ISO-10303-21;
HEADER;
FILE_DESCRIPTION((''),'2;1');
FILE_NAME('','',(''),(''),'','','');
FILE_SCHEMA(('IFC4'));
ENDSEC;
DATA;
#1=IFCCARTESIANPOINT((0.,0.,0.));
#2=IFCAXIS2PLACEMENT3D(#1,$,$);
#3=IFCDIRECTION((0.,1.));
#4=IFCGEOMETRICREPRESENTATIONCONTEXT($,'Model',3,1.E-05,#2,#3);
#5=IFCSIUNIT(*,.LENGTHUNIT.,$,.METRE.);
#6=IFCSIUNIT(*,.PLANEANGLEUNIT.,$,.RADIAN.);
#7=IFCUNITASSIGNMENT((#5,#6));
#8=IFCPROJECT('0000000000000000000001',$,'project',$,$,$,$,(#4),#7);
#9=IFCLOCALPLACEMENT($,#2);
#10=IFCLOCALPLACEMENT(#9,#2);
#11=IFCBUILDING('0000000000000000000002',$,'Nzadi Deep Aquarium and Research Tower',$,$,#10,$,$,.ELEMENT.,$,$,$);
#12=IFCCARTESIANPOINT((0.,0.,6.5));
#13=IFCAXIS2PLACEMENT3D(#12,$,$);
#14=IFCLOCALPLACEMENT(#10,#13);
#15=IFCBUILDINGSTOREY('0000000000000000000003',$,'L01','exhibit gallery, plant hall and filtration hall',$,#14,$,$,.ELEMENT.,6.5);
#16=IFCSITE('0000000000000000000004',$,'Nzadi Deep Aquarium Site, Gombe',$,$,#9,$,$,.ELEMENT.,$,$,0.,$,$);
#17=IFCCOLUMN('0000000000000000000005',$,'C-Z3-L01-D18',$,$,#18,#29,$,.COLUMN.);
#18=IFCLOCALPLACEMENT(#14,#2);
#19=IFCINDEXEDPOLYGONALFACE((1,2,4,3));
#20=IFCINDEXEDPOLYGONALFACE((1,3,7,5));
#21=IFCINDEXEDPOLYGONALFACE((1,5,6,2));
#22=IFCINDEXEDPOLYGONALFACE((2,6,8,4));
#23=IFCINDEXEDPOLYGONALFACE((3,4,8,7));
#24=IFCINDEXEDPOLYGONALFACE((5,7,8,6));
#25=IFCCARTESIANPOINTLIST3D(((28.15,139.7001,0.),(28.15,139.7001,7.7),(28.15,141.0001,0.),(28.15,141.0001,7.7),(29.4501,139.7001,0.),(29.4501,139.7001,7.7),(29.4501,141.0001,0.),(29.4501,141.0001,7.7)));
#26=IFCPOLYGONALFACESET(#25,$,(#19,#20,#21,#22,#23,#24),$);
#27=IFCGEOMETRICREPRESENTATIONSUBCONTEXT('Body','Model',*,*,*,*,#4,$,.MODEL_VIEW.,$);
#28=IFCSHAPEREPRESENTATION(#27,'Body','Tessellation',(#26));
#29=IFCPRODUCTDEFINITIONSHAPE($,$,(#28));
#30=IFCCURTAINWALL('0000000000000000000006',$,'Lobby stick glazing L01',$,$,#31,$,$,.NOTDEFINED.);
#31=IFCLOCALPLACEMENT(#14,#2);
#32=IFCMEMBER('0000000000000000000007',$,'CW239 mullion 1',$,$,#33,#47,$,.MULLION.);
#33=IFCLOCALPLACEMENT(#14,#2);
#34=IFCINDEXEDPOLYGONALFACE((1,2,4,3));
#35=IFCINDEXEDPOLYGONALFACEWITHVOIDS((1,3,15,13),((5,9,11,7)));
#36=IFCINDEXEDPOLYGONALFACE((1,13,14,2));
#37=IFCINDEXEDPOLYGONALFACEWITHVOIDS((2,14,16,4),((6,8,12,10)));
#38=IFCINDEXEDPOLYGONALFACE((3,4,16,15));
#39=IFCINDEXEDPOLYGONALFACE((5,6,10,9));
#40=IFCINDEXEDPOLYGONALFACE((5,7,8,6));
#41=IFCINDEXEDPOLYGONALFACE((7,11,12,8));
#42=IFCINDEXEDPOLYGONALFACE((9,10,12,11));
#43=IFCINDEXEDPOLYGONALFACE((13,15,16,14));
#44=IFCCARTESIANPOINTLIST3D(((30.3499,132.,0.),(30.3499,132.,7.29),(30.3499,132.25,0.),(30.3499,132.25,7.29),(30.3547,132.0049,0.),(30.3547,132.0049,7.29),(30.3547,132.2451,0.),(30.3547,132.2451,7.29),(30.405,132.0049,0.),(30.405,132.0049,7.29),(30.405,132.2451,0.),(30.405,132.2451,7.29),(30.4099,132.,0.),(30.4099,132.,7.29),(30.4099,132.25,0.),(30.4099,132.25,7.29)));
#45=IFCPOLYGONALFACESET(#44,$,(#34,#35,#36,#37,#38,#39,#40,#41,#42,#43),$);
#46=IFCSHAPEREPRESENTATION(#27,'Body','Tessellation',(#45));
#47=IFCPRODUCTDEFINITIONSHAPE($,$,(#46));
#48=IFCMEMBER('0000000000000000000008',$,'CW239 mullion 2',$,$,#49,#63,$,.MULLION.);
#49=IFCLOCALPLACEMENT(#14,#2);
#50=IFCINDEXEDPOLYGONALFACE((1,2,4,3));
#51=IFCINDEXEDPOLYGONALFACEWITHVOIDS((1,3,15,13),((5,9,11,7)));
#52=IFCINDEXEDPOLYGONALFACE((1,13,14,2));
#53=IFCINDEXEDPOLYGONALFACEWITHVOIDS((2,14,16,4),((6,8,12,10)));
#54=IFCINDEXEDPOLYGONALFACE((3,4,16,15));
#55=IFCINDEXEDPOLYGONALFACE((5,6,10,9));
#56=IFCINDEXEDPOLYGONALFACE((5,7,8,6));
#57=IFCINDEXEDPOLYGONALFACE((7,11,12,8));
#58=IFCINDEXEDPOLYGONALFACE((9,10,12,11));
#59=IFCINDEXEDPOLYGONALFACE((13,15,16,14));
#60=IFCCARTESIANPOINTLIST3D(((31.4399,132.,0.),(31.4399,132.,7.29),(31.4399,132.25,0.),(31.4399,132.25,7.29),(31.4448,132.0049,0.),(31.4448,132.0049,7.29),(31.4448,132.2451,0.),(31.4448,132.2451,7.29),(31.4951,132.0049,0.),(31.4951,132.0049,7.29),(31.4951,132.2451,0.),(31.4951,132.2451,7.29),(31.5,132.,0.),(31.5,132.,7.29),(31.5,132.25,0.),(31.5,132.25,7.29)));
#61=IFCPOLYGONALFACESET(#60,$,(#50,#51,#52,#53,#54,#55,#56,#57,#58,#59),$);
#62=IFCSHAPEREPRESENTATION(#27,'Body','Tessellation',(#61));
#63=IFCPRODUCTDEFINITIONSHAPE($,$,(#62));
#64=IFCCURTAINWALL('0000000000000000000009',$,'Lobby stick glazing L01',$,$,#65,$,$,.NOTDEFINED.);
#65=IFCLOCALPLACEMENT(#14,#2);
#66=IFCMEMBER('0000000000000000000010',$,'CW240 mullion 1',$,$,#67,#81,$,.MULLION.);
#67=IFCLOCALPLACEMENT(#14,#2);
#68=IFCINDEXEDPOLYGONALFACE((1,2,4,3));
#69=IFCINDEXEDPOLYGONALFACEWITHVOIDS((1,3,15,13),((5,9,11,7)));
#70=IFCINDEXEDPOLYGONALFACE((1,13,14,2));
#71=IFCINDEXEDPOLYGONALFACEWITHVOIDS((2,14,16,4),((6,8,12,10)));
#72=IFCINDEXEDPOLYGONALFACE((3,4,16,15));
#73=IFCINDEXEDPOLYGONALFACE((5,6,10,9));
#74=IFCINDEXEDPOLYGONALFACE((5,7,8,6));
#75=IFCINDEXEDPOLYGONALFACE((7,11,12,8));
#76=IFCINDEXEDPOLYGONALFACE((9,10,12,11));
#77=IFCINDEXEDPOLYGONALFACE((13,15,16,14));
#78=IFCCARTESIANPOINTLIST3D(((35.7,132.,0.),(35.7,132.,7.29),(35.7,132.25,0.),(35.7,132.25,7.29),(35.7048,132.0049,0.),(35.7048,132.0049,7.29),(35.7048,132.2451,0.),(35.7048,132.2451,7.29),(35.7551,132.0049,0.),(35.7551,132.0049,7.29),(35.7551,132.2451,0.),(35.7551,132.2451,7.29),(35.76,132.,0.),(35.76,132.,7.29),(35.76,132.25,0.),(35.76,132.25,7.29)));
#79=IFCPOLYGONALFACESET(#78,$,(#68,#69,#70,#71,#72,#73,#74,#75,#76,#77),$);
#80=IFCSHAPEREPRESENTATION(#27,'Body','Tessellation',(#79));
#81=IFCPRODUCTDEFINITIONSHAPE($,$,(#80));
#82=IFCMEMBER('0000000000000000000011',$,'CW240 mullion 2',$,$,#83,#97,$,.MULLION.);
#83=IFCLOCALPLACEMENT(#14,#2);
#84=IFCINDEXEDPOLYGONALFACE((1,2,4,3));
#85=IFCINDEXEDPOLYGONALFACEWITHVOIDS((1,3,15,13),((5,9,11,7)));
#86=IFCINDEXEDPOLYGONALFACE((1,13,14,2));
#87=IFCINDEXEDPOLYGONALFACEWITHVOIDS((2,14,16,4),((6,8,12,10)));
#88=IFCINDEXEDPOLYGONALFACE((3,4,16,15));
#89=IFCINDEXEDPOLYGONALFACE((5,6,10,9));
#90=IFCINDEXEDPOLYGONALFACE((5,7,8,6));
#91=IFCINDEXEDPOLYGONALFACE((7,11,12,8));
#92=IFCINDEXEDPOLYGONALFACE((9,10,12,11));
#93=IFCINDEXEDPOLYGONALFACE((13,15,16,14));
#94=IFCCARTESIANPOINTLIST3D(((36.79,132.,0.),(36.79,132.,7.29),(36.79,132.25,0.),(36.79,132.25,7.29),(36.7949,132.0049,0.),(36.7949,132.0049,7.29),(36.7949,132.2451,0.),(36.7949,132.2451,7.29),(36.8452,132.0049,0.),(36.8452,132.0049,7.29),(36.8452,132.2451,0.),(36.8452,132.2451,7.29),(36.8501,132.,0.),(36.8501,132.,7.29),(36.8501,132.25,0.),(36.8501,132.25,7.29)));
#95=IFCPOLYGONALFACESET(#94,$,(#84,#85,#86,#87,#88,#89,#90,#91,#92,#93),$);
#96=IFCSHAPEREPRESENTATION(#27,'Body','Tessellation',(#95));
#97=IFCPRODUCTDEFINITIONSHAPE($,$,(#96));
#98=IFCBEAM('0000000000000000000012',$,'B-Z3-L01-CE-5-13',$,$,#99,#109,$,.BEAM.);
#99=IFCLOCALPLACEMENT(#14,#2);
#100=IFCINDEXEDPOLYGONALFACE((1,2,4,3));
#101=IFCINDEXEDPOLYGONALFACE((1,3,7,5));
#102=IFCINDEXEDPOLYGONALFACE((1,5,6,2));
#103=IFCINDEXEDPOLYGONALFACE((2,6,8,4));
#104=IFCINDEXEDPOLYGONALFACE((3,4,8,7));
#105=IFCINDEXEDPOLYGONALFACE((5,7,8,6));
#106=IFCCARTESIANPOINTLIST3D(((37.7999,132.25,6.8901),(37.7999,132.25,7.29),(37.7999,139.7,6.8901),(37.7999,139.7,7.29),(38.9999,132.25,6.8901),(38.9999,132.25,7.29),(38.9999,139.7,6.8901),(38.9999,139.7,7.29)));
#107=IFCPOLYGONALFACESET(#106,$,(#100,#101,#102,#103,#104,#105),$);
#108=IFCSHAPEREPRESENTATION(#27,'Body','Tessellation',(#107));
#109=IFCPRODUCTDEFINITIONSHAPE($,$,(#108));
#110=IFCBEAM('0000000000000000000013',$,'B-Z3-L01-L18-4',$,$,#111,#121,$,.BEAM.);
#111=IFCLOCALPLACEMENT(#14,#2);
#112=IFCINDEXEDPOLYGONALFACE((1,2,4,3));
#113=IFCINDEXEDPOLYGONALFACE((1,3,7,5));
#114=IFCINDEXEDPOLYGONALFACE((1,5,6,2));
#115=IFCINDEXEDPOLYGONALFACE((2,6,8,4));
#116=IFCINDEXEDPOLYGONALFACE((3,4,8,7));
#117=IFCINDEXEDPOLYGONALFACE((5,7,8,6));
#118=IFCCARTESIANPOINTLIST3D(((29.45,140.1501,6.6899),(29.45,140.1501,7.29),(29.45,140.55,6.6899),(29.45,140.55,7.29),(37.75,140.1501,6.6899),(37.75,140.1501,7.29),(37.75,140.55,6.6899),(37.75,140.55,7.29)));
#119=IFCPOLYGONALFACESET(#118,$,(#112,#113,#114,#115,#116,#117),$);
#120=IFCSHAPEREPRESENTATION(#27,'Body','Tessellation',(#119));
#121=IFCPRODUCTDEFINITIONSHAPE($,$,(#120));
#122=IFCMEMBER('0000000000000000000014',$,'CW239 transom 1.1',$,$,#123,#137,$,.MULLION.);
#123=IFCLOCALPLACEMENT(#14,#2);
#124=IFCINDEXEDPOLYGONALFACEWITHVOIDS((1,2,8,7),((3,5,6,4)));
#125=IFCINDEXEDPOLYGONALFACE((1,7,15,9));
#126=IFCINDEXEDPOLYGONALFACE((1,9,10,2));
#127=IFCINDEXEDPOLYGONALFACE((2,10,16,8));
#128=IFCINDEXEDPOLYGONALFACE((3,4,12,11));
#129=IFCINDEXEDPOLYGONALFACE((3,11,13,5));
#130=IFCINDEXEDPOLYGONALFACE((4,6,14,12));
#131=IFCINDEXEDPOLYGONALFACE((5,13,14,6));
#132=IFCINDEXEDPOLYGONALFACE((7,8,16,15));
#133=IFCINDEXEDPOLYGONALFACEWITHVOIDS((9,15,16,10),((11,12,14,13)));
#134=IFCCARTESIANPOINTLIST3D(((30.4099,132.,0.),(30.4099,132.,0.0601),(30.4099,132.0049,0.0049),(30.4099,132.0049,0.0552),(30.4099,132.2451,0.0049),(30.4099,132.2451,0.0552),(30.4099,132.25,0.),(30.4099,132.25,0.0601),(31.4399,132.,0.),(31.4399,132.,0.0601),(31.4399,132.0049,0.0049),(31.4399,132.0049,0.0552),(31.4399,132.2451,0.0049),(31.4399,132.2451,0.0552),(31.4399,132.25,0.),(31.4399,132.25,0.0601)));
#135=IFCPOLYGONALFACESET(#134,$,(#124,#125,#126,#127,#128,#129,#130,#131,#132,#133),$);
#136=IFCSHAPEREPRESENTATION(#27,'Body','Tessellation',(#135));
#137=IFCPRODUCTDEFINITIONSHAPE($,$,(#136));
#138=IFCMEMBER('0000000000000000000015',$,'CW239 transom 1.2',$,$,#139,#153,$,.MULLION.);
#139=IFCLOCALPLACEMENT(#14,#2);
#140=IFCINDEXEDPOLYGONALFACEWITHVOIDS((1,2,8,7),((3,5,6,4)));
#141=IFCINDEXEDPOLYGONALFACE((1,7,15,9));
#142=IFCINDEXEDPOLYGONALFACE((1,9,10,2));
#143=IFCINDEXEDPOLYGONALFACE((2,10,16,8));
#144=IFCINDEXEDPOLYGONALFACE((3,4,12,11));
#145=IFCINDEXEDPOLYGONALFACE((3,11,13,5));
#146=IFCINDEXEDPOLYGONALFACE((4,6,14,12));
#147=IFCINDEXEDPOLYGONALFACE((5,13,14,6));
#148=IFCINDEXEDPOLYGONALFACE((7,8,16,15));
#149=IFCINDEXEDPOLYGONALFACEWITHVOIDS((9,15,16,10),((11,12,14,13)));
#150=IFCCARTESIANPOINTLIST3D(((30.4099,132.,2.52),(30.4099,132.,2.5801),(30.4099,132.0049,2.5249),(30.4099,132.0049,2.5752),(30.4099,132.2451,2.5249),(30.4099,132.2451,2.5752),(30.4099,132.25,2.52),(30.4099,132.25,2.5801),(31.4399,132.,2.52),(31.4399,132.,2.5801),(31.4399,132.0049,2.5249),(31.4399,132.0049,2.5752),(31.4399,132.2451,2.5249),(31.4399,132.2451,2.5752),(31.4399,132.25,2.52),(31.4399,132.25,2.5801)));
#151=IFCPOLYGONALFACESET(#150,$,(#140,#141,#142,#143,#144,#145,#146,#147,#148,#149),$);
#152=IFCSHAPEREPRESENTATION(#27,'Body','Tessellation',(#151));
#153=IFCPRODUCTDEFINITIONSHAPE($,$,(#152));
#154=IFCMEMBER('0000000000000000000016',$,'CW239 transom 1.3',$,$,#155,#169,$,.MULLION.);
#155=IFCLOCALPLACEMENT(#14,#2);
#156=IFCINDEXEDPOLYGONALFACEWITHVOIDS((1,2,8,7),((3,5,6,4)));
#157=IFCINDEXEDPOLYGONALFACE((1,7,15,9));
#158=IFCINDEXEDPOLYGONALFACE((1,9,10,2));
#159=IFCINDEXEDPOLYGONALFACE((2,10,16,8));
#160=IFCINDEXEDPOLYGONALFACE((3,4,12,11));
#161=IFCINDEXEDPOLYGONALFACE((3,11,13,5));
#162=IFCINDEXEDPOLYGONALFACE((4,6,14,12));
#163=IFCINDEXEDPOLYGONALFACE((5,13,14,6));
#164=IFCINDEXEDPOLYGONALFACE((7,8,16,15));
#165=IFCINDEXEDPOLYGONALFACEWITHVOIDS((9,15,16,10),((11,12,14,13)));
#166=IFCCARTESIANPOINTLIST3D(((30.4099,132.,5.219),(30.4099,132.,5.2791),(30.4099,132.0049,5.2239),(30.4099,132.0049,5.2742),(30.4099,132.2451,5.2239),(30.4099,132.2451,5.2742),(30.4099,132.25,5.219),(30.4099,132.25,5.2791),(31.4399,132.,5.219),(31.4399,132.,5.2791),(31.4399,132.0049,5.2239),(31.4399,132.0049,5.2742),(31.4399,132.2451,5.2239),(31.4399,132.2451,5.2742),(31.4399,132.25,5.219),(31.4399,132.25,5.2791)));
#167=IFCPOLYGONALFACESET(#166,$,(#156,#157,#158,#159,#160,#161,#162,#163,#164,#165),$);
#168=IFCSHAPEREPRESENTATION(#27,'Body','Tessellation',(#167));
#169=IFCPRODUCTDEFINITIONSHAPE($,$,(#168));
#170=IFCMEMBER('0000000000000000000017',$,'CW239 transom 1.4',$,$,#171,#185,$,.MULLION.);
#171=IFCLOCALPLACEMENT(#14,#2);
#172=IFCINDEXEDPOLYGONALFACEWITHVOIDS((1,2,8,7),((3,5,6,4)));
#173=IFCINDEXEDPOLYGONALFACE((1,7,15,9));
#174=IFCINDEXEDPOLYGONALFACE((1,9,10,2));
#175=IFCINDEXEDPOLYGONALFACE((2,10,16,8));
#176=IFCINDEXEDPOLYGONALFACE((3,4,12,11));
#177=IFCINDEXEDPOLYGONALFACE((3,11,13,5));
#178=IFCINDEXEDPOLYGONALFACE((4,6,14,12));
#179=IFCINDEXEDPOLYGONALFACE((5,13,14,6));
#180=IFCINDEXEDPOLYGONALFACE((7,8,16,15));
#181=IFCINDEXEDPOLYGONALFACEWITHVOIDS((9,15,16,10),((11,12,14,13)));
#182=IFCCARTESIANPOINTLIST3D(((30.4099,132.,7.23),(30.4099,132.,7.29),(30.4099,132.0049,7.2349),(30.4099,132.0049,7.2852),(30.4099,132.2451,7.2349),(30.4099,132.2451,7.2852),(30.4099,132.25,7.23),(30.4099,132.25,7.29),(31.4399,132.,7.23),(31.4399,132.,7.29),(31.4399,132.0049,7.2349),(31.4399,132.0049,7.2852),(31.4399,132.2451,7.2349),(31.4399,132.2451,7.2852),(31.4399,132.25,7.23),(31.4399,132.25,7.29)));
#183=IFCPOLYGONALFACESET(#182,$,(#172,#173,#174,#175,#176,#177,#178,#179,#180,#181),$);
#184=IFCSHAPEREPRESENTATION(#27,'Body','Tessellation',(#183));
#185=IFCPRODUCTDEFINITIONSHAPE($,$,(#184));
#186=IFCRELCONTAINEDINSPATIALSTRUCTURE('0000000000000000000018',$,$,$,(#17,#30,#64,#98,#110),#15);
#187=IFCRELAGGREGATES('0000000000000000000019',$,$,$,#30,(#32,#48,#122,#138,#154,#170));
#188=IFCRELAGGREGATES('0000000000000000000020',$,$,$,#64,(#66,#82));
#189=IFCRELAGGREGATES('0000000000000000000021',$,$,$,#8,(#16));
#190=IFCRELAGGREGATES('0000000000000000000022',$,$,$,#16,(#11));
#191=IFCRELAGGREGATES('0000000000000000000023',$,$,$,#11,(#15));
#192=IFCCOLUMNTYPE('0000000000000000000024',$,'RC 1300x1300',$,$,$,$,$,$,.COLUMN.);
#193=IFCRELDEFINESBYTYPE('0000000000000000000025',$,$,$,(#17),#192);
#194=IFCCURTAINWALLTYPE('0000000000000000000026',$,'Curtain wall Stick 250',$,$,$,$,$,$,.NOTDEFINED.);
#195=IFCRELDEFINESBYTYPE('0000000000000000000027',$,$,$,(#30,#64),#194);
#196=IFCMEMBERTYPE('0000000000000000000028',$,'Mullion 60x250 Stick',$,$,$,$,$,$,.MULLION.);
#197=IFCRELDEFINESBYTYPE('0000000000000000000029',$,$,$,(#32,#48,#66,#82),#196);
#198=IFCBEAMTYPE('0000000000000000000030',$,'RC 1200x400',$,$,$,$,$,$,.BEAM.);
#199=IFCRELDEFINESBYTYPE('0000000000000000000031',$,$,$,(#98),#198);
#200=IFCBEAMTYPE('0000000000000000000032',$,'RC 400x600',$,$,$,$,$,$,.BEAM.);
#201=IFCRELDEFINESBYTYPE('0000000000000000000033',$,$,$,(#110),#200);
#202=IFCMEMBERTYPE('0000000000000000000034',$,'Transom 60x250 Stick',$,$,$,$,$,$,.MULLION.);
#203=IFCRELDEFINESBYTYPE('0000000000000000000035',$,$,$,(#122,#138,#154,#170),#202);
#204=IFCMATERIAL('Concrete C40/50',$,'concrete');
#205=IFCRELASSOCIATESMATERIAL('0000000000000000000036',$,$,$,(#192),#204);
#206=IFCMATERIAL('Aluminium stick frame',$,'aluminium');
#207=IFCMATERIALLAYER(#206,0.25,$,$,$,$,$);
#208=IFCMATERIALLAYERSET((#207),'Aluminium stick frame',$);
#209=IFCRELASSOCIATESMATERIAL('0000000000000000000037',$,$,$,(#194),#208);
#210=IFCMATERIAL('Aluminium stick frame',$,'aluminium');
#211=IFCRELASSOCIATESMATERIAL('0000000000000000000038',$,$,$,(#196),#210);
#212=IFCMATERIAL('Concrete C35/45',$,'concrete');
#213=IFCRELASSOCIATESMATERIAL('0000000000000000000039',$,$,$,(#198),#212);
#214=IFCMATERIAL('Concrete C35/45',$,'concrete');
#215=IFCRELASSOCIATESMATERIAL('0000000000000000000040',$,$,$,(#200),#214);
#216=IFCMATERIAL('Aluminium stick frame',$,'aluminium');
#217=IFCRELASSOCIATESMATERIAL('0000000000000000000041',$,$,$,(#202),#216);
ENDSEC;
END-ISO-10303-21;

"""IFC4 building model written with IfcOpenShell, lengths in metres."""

from ifc_helpers import new_model, si_unit, direction, frame, origin, origin_2d, place, context, subcontext, project, spatial, rectangle, hollow_rectangle, extrude, material, layer, layer_set, material_profile, profile_set, type_object, element, aggregate, save


model = new_model("IFC4")

# Units and contexts
model_context = context("Model", 3, precision=1e-05, world=origin(), true_north=direction((0.0, 1.0)))
body_context = subcontext(model_context, "Body", "Model", "MODEL_VIEW")
ifc_project = project(units=[si_unit("LENGTHUNIT", "METRE"), si_unit("PLANEANGLEUNIT", "RADIAN")], contexts=[model_context])

# Site, building, storey
site_placement = place(None, origin())
site = spatial("IfcSite", under=ifc_project, at=site_placement, Name="Nzadi Deep Aquarium Site, Gombe", CompositionType="ELEMENT", RefElevation=0.0)
building_placement = place(site_placement, origin())
building = spatial("IfcBuilding", under=site, at=building_placement, Name="Nzadi Deep Aquarium and Research Tower", CompositionType="ELEMENT")
storey_placement = place(building_placement, frame((0.0, 0.0, 6.5)))
storey = spatial("IfcBuildingStorey", under=building, at=storey_placement, Name="L01", Description="exhibit gallery, plant hall and filtration hall", CompositionType="ELEMENT", Elevation=6.5)

# Column
ifc_material_1 = material(Name="Concrete C40/50", Category="concrete")
ifc_material_profile_1 = material_profile(ifc_material_1, rectangle(XDim=1.3, YDim=1.3, at=origin_2d()))
ifc_profile_set_1 = profile_set([ifc_material_profile_1], Name="Concrete C40/50")
column_type = type_object("IfcColumnType", Name="RC 1300x1300", PredefinedType="COLUMN", material=ifc_profile_set_1)
column_placement = place(storey_placement, frame((28.8, 140.3501, 0.0), z_axis=(0.0, 0.0, 1.0), x_axis=(1.0, 0.0, 0.0)))
element("IfcColumn", 1, at=column_placement, inside=storey, type_object=column_type, Name="C-Z3-L01-D18", PredefinedType="COLUMN", context=body_context, shape_type="SweptSolid", body=[
    extrude(rectangle(XDim=1.3, YDim=1.3, at=origin_2d()), origin(), (0.0, 0.0, 1.0), 7.7),
])

# Curtain walls, members
ifc_material_2 = material(Name="Aluminium stick frame", Category="aluminium")
ifc_layer_1 = layer(ifc_material_2, 0.25)
ifc_layer_set_1 = layer_set([ifc_layer_1], Name="Aluminium stick frame")
curtain_wall_type = type_object("IfcCurtainWallType", Name="Curtain wall Stick 250", PredefinedType="NOTDEFINED", material=ifc_layer_set_1)
curtain_wall_1_placement = place(storey_placement, origin())
curtain_wall_1 = element("IfcCurtainWall", 2, at=curtain_wall_1_placement, inside=storey, type_object=curtain_wall_type, Name="Lobby stick glazing L01", PredefinedType="NOTDEFINED")
ifc_material_3 = material(Name="Aluminium stick frame", Category="aluminium")
ifc_material_profile_2 = material_profile(ifc_material_3, hollow_rectangle(XDim=0.25, YDim=0.0601, WallThickness=0.0049, at=origin_2d()))
ifc_profile_set_2 = profile_set([ifc_material_profile_2], Name="Aluminium stick frame")
member_type_1 = type_object("IfcMemberType", Name="Mullion 60x250 Stick", PredefinedType="MULLION", material=ifc_profile_set_2)
member_1_placement = place(storey_placement, frame((30.3799, 132.125, 0.0), z_axis=(0.0, 0.0, 1.0), x_axis=(0.0, 1.0, 0.0)))
member_1 = element("IfcMember", 3, at=member_1_placement, type_object=member_type_1, Name="CW239 mullion 1", PredefinedType="MULLION", context=body_context, shape_type="SweptSolid", body=[
    extrude(hollow_rectangle(XDim=0.25, YDim=0.0601, WallThickness=0.0049, at=origin_2d()), origin(), (0.0, 0.0, 1.0), 7.29),
])
member_2_placement = place(storey_placement, frame((31.47, 132.125, 0.0), z_axis=(0.0, 0.0, 1.0), x_axis=(0.0, 1.0, 0.0)))
member_2 = element("IfcMember", 4, at=member_2_placement, type_object=member_type_1, Name="CW239 mullion 2", PredefinedType="MULLION", context=body_context, shape_type="SweptSolid", body=[
    extrude(hollow_rectangle(XDim=0.25, YDim=0.0601, WallThickness=0.0049, at=origin_2d()), origin(), (0.0, 0.0, 1.0), 7.29),
])
curtain_wall_2_placement = place(storey_placement, origin())
curtain_wall_2 = element("IfcCurtainWall", 5, at=curtain_wall_2_placement, inside=storey, type_object=curtain_wall_type, Name="Lobby stick glazing L01", PredefinedType="NOTDEFINED")
member_3_placement = place(storey_placement, frame((35.73, 132.125, 0.0), z_axis=(0.0, 0.0, 1.0), x_axis=(0.0, 1.0, 0.0)))
member_3 = element("IfcMember", 6, at=member_3_placement, type_object=member_type_1, Name="CW240 mullion 1", PredefinedType="MULLION", context=body_context, shape_type="SweptSolid", body=[
    extrude(hollow_rectangle(XDim=0.25, YDim=0.0601, WallThickness=0.0049, at=origin_2d()), origin(), (0.0, 0.0, 1.0), 7.29),
])
member_4_placement = place(storey_placement, frame((36.8201, 132.125, 0.0), z_axis=(0.0, 0.0, 1.0), x_axis=(0.0, 1.0, 0.0)))
member_4 = element("IfcMember", 7, at=member_4_placement, type_object=member_type_1, Name="CW240 mullion 2", PredefinedType="MULLION", context=body_context, shape_type="SweptSolid", body=[
    extrude(hollow_rectangle(XDim=0.25, YDim=0.0601, WallThickness=0.0049, at=origin_2d()), origin(), (0.0, 0.0, 1.0), 7.29),
])

# Beams
ifc_material_4 = material(Name="Concrete C35/45", Category="concrete")
ifc_material_profile_3 = material_profile(ifc_material_4, rectangle(XDim=1.2, YDim=0.3999, at=origin_2d()))
ifc_profile_set_3 = profile_set([ifc_material_profile_3], Name="Concrete C35/45")
beam_type_1 = type_object("IfcBeamType", Name="RC 1200x400", PredefinedType="BEAM", material=ifc_profile_set_3)
beam_1_placement = place(storey_placement, frame((38.3999, 132.25, 7.0901), z_axis=(0.0, 1.0, 0.0), x_axis=(-1.0, 0.0, 0.0)))
element("IfcBeam", 8, at=beam_1_placement, inside=storey, type_object=beam_type_1, Name="B-Z3-L01-CE-5-13", PredefinedType="BEAM", context=body_context, shape_type="SweptSolid", body=[
    extrude(rectangle(XDim=1.2, YDim=0.3999, at=origin_2d()), origin(), (0.0, 0.0, 1.0), 7.45),
])
ifc_material_5 = material(Name="Concrete C35/45", Category="concrete")
ifc_material_profile_4 = material_profile(ifc_material_5, rectangle(XDim=0.3999, YDim=0.6001, at=origin_2d()))
ifc_profile_set_4 = profile_set([ifc_material_profile_4], Name="Concrete C35/45")
beam_type_2 = type_object("IfcBeamType", Name="RC 400x600", PredefinedType="BEAM", material=ifc_profile_set_4)
beam_2_placement = place(storey_placement, frame((29.45, 140.3501, 6.99), z_axis=(1.0, 0.0, 0.0), x_axis=(0.0, 1.0, 0.0)))
element("IfcBeam", 9, at=beam_2_placement, inside=storey, type_object=beam_type_2, Name="B-Z3-L01-L18-4", PredefinedType="BEAM", context=body_context, shape_type="SweptSolid", body=[
    extrude(rectangle(XDim=0.3999, YDim=0.6001, at=origin_2d()), origin(), (0.0, 0.0, 1.0), 8.3),
])

# Members
ifc_material_6 = material(Name="Aluminium stick frame", Category="aluminium")
ifc_material_profile_5 = material_profile(ifc_material_6, hollow_rectangle(XDim=0.25, YDim=0.0601, WallThickness=0.0049, at=origin_2d()))
ifc_profile_set_5 = profile_set([ifc_material_profile_5], Name="Aluminium stick frame")
member_type_2 = type_object("IfcMemberType", Name="Transom 60x250 Stick", PredefinedType="MULLION", material=ifc_profile_set_5)
member_5_placement = place(storey_placement, frame((30.4099, 132.125, 0.03), z_axis=(1.0, 0.0, 0.0), x_axis=(0.0, 1.0, 0.0)))
member_5 = element("IfcMember", 10, at=member_5_placement, type_object=member_type_2, Name="CW239 transom 1.1", PredefinedType="MULLION", context=body_context, shape_type="SweptSolid", body=[
    extrude(hollow_rectangle(XDim=0.25, YDim=0.0601, WallThickness=0.0049, at=origin_2d()), origin(), (0.0, 0.0, 1.0), 1.03),
])
member_6_placement = place(storey_placement, frame((30.4099, 132.125, 2.55), z_axis=(1.0, 0.0, 0.0), x_axis=(0.0, 1.0, 0.0)))
member_6 = element("IfcMember", 11, at=member_6_placement, type_object=member_type_2, Name="CW239 transom 1.2", PredefinedType="MULLION", context=body_context, shape_type="SweptSolid", body=[
    extrude(hollow_rectangle(XDim=0.25, YDim=0.0601, WallThickness=0.0049, at=origin_2d()), origin(), (0.0, 0.0, 1.0), 1.03),
])
member_7_placement = place(storey_placement, frame((30.4099, 132.125, 5.249), z_axis=(1.0, 0.0, 0.0), x_axis=(0.0, 1.0, 0.0)))
member_7 = element("IfcMember", 12, at=member_7_placement, type_object=member_type_2, Name="CW239 transom 1.3", PredefinedType="MULLION", context=body_context, shape_type="SweptSolid", body=[
    extrude(hollow_rectangle(XDim=0.25, YDim=0.0601, WallThickness=0.0049, at=origin_2d()), origin(), (0.0, 0.0, 1.0), 1.03),
])
member_8_placement = place(storey_placement, frame((30.4099, 132.125, 7.26), z_axis=(1.0, 0.0, 0.0), x_axis=(0.0, 1.0, 0.0)))
member_8 = element("IfcMember", 13, at=member_8_placement, type_object=member_type_2, Name="CW239 transom 1.4", PredefinedType="MULLION", context=body_context, shape_type="SweptSolid", body=[
    extrude(hollow_rectangle(XDim=0.25, YDim=0.0601, WallThickness=0.0049, at=origin_2d()), origin(), (0.0, 0.0, 1.0), 1.03),
])

aggregate(curtain_wall_1, [member_1, member_2, member_5, member_6, member_7, member_8])
aggregate(curtain_wall_2, [member_3, member_4])

save(model, "model.ifc")
